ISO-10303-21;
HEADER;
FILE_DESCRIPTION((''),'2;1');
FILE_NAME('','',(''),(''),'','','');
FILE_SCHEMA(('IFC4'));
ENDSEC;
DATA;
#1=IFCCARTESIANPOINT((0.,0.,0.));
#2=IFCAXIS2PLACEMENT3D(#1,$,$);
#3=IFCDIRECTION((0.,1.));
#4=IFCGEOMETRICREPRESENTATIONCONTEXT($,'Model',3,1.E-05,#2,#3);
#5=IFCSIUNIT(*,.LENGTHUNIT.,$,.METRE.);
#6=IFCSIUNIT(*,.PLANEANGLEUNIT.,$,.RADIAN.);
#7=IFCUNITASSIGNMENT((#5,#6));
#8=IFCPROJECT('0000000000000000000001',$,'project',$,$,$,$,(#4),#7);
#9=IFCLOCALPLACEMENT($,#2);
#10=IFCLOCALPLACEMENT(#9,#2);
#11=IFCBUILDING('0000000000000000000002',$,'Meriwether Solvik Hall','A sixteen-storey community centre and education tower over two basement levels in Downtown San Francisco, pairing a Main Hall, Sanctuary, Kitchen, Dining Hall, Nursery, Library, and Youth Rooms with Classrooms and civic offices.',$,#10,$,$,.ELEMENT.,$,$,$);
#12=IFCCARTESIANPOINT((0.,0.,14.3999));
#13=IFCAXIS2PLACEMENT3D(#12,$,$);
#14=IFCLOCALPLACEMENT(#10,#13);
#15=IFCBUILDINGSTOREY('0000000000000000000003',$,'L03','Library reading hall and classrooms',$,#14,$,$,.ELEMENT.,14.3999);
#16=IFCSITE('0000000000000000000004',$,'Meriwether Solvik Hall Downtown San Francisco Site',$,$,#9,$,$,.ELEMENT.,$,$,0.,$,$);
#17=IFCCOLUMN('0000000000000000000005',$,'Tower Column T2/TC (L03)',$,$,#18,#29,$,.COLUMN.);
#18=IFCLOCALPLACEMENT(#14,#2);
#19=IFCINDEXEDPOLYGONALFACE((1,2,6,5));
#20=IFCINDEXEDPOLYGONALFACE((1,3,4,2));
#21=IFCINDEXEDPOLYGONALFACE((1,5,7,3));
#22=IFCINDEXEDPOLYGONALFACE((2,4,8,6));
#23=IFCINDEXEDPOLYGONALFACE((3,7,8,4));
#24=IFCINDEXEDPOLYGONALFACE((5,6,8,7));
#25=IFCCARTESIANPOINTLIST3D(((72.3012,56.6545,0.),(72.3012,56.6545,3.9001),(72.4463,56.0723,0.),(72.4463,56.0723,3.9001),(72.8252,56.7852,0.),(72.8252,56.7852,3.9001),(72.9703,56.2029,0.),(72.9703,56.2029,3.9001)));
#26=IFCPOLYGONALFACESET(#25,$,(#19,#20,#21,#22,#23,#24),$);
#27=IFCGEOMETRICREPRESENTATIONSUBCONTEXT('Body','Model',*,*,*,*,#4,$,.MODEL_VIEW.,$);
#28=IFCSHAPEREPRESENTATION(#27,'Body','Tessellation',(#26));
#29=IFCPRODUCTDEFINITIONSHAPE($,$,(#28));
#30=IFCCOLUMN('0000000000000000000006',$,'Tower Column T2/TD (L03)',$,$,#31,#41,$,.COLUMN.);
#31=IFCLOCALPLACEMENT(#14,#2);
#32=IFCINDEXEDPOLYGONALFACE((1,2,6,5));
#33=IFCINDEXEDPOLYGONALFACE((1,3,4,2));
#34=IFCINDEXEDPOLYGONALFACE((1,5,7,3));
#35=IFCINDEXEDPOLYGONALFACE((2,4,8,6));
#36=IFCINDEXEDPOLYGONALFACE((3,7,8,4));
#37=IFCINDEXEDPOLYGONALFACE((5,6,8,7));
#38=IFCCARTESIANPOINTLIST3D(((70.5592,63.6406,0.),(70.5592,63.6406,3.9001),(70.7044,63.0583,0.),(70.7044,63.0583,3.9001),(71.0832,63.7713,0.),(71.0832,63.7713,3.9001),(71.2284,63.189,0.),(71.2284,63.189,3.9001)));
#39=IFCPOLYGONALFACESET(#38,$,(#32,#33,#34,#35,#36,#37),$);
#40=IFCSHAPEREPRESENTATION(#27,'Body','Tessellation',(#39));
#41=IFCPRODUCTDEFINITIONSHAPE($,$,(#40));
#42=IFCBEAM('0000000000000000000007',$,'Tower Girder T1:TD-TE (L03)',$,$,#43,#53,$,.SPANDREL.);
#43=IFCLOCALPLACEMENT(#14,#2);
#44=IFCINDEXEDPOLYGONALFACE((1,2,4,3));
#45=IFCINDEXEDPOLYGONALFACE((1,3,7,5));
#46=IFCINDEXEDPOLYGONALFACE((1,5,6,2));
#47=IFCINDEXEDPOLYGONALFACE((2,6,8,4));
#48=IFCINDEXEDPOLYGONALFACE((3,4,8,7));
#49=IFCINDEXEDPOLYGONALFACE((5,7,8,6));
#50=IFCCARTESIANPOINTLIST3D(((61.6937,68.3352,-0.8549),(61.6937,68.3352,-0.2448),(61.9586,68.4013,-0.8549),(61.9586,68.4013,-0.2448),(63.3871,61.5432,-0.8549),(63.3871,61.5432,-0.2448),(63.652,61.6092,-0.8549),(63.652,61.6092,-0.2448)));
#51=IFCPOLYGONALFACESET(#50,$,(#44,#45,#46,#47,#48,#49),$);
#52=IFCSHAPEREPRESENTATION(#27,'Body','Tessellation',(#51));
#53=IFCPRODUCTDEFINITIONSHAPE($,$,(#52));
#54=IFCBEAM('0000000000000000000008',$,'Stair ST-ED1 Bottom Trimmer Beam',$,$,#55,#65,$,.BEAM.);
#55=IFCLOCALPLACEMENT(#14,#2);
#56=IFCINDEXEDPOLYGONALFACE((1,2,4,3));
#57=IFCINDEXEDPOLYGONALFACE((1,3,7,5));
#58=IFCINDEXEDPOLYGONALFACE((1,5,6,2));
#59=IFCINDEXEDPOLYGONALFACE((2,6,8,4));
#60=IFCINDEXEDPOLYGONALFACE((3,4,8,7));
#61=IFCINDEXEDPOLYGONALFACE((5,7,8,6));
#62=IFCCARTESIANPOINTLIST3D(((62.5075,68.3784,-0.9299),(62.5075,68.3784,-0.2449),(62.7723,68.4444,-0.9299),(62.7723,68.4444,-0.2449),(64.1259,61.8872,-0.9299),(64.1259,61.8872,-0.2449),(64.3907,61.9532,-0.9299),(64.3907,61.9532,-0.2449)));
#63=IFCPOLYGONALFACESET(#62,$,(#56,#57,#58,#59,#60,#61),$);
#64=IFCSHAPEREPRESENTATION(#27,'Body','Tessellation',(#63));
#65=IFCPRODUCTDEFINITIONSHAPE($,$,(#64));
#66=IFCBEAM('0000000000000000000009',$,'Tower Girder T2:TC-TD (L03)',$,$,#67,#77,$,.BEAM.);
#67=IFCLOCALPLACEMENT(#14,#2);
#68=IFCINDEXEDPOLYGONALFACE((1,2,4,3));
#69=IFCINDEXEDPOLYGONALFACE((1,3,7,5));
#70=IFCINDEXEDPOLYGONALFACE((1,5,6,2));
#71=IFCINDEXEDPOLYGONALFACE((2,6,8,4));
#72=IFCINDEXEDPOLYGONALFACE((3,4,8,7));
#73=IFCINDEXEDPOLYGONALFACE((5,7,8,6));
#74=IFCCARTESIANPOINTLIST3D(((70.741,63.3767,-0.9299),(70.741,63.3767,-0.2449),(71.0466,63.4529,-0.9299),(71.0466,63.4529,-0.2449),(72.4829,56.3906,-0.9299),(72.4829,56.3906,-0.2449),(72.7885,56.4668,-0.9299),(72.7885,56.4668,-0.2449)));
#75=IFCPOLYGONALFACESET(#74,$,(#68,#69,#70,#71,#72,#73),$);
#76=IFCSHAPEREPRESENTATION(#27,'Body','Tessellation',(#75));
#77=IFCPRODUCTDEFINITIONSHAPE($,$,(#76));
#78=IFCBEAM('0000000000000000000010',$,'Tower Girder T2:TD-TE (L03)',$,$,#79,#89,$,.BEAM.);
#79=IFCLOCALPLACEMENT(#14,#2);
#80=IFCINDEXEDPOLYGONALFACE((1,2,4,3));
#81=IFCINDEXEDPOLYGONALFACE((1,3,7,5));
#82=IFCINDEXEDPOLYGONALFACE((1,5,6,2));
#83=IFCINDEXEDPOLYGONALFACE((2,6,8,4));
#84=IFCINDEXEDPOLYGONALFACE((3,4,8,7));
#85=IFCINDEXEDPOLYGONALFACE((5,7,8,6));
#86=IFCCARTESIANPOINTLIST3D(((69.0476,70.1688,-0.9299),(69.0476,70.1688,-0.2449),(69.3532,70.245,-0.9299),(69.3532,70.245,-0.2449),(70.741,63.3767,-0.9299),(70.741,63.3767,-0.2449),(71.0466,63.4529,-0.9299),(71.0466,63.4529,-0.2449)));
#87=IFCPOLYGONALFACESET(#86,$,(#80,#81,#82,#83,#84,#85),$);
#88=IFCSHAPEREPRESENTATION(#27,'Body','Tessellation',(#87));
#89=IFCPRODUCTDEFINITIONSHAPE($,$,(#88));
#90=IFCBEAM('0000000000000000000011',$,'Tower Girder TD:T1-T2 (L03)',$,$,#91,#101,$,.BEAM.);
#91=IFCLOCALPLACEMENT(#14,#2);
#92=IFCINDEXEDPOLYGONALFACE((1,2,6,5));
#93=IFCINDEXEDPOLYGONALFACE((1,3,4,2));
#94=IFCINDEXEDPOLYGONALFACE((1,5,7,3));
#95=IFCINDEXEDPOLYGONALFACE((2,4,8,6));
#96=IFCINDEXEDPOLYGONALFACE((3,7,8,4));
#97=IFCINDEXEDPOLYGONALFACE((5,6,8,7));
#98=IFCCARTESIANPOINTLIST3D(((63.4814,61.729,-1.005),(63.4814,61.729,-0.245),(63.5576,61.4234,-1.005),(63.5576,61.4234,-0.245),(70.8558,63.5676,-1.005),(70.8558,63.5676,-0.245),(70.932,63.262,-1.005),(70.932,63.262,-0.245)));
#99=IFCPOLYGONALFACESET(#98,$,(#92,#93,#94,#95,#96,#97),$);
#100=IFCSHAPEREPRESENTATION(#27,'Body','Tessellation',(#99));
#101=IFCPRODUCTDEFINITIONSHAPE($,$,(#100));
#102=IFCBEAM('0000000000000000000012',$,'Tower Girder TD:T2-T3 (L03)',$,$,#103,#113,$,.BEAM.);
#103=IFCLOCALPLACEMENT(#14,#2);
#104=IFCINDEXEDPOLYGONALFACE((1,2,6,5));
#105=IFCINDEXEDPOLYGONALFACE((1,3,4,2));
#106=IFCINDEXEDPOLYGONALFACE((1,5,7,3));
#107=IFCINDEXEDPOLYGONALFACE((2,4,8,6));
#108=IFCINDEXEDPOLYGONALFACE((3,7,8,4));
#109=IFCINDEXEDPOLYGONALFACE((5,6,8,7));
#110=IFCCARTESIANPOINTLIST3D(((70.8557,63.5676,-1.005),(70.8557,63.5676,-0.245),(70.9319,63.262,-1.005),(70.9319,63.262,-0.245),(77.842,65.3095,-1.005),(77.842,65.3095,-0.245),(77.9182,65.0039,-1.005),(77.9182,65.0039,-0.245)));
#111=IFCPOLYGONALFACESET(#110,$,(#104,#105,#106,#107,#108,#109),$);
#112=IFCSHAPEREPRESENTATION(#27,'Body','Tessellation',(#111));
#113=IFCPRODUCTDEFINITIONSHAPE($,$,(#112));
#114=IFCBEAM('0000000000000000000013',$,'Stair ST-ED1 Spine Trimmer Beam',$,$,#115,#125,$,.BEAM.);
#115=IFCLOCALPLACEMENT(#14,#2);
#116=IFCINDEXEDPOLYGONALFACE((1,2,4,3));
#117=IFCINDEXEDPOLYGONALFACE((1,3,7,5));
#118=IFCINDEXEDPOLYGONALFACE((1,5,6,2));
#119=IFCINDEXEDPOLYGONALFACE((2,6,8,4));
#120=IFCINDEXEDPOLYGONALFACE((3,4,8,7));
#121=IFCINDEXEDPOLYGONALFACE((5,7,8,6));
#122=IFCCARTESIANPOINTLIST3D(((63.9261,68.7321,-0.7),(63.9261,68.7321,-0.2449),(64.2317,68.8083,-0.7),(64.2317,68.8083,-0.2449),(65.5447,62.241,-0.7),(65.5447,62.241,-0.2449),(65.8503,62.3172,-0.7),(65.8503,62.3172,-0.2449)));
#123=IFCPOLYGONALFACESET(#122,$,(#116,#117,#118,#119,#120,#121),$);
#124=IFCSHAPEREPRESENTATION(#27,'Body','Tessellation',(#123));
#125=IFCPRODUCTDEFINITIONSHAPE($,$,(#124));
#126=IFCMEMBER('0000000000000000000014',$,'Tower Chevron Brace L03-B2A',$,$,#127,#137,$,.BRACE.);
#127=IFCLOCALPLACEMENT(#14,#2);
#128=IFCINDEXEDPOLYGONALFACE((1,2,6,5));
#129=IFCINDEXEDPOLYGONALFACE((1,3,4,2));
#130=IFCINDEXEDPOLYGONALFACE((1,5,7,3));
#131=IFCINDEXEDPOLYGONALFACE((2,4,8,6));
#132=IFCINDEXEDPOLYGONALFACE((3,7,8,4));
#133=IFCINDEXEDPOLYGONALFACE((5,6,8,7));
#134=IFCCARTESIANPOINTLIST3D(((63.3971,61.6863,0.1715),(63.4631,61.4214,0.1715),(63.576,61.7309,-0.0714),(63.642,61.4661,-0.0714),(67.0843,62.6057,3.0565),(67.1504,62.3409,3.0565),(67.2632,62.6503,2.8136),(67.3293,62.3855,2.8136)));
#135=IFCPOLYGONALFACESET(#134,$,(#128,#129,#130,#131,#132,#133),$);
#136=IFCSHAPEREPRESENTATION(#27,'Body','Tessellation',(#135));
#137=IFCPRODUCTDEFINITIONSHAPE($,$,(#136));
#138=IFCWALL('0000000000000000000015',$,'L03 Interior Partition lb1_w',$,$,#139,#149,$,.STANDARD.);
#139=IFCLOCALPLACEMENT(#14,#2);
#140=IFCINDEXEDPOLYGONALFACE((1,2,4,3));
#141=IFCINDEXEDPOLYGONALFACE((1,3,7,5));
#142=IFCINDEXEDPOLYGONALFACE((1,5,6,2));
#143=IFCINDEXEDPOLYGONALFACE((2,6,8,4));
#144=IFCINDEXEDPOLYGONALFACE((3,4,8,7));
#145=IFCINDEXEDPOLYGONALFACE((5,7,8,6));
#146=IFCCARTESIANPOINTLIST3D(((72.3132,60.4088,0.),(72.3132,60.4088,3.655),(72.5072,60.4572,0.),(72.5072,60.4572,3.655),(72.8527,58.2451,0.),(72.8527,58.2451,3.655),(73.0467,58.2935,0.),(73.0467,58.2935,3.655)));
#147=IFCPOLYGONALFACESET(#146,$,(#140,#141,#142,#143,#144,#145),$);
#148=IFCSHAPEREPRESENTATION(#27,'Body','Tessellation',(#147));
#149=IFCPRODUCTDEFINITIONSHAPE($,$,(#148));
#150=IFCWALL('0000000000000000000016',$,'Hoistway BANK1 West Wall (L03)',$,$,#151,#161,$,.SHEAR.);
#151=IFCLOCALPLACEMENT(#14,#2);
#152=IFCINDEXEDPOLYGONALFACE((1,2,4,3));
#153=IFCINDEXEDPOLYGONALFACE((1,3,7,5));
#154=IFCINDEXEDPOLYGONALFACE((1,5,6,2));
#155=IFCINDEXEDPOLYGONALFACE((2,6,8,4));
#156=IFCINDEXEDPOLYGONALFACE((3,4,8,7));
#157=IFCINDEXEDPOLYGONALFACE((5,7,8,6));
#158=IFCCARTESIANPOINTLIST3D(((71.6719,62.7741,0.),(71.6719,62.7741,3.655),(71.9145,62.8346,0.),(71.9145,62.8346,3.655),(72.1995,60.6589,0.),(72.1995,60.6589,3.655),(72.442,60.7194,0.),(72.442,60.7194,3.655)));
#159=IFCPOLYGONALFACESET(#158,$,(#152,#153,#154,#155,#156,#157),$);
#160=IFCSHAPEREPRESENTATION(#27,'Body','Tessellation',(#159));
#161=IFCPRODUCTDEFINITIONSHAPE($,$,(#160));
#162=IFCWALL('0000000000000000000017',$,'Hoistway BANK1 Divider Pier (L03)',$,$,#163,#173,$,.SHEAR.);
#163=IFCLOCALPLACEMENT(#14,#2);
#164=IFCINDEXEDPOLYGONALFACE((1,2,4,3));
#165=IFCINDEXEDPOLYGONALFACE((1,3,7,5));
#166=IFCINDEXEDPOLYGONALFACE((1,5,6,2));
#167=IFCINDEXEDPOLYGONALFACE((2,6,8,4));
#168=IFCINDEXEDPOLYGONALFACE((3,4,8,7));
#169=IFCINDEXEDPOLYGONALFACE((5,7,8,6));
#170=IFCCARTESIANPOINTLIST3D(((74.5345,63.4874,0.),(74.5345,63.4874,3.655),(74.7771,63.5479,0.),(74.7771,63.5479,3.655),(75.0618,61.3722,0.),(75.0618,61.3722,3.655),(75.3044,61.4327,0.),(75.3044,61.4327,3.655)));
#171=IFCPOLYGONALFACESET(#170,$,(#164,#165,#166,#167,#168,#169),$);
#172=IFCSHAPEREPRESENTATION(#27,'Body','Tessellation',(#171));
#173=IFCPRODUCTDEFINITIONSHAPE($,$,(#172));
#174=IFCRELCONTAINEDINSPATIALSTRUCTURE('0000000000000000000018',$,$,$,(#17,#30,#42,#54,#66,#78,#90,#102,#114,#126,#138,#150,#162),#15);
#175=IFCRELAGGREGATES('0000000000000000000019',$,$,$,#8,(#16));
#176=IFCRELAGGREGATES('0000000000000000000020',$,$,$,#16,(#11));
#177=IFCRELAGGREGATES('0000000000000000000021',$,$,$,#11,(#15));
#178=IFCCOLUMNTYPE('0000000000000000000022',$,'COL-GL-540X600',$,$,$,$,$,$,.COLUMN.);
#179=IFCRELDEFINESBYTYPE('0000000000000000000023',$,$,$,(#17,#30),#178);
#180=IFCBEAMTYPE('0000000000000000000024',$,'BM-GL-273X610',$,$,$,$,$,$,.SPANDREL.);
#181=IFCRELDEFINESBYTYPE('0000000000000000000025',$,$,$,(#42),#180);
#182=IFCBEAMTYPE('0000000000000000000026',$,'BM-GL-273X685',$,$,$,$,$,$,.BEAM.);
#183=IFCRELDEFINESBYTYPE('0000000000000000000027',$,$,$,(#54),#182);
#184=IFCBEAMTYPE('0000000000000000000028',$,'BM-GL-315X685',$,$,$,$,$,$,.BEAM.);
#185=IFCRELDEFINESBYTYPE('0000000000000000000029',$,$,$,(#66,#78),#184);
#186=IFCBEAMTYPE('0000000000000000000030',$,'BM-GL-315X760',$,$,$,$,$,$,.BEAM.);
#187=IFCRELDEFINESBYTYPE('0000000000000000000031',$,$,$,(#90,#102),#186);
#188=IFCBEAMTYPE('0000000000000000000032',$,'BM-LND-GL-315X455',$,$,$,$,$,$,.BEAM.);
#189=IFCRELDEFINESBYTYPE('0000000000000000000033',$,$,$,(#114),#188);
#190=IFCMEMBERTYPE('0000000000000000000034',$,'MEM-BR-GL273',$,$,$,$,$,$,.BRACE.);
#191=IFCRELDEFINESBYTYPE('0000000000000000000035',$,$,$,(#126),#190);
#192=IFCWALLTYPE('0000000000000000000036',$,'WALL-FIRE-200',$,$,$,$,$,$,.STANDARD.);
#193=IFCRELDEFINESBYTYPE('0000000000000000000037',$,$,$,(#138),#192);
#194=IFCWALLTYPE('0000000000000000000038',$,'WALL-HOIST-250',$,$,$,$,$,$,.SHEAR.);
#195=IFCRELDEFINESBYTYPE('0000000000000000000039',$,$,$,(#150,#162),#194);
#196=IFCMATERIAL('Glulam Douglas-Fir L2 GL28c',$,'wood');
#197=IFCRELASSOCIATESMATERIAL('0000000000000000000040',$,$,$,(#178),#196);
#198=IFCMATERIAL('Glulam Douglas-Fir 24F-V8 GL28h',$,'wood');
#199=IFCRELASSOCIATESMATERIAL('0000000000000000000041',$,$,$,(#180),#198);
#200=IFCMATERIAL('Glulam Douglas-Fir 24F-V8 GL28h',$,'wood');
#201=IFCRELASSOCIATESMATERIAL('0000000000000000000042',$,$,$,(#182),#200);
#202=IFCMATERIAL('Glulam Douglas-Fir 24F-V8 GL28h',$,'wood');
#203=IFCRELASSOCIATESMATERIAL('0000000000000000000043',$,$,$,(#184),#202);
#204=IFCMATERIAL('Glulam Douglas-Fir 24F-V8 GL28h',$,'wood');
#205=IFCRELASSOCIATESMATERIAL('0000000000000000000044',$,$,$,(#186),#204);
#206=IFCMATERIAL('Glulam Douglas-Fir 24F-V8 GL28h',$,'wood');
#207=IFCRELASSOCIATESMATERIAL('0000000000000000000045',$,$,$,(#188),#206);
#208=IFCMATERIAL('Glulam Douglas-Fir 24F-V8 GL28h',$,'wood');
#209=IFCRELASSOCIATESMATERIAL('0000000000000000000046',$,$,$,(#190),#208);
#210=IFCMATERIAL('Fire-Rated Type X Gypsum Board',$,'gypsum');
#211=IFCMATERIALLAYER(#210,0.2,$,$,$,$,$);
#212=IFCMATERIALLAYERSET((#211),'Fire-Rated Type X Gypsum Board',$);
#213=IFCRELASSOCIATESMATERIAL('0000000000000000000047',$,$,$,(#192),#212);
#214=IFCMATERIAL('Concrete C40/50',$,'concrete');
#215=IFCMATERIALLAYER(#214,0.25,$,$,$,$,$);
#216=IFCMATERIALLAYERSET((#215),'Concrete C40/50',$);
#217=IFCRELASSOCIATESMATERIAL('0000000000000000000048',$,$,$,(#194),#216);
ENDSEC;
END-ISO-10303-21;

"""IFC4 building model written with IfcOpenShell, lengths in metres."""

from ifc_helpers import new_model, si_unit, direction, frame, frame_2d, origin, origin_2d, place, context, subcontext, project, spatial, rectangle, extrude, material, layer, layer_set, material_profile, profile_set, type_object, element, save


model = new_model("IFC4")

# Units and contexts
model_context = context("Model", 3, precision=1e-05, world=origin(), true_north=direction((0.0, 1.0)))
body_context = subcontext(model_context, "Body", "Model", "MODEL_VIEW")
ifc_project = project(units=[si_unit("LENGTHUNIT", "METRE"), si_unit("PLANEANGLEUNIT", "RADIAN")], contexts=[model_context])

# Site, building, storey
site_placement = place(None, origin())
site = spatial("IfcSite", under=ifc_project, at=site_placement, Name="Meriwether Solvik Hall Downtown San Francisco Site", CompositionType="ELEMENT", RefElevation=0.0)
building_placement = place(site_placement, origin())
building = spatial("IfcBuilding", under=site, at=building_placement, Name="Meriwether Solvik Hall", Description="A sixteen-storey community centre and education tower over two basement levels in Downtown San Francisco, pairing a Main Hall, Sanctuary, Kitchen, Dining Hall, Nursery, Library, and Youth Rooms with Classrooms and civic offices.", CompositionType="ELEMENT")
storey_placement = place(building_placement, frame((0.0, 0.0, 14.3999)))
storey = spatial("IfcBuildingStorey", under=building, at=storey_placement, Name="L03", Description="Library reading hall and classrooms", CompositionType="ELEMENT", Elevation=14.3999)

# Columns
ifc_material_1 = material(Name="Glulam Douglas-Fir L2 GL28c", Category="wood")
ifc_material_profile_1 = material_profile(ifc_material_1, rectangle(XDim=0.54, YDim=0.6001, at=origin_2d()), Name="GLC-540X600")
ifc_profile_set_1 = profile_set([ifc_material_profile_1], Name="Glulam Douglas-Fir L2 GL28c")
column_type = type_object("IfcColumnType", Name="COL-GL-540X600", PredefinedType="COLUMN", material=ifc_profile_set_1)
for number, where, z_axis, x_axis, name in (
    (1, (72.6357, 56.4287, 0.0), (0.0, 0.0, 1.0), (0.970296, 0.241922, 0.0), "Tower Column T2/TC (L03)"),
    (2, (70.8938, 63.4148, 0.0), (0.0, 0.0, 1.0), (0.970296, 0.241922, 0.0), "Tower Column T2/TD (L03)"),
):
    element("IfcColumn", number, at=place(storey_placement, frame(where, z_axis=z_axis, x_axis=x_axis)), inside=storey, type_object=column_type, Name=name, PredefinedType="COLUMN", context=body_context, shape_type="SweptSolid", body=[
        extrude(rectangle(XDim=0.54, YDim=0.6001, at=origin_2d()), origin(), (0.0, 0.0, 1.0), 3.9001),
    ])

# Beams
ifc_material_2 = material(Name="Glulam Douglas-Fir 24F-V8 GL28h", Category="wood")
ifc_material_profile_2 = material_profile(ifc_material_2, rectangle(XDim=0.2729, YDim=0.6101, at=origin_2d()), Name="GLB-273X610")
ifc_profile_set_2 = profile_set([ifc_material_profile_2], Name="Glulam Douglas-Fir 24F-V8 GL28h")
beam_type_1 = type_object("IfcBeamType", Name="BM-GL-273X610", PredefinedType="SPANDREL", material=ifc_profile_set_2)
beam_1_placement = place(storey_placement, frame((63.5195, 61.5762, -0.5498), z_axis=(-0.241912, 0.970298, 0.0), x_axis=(-0.970298, -0.241912, 0.0)))
element("IfcBeam", 3, at=beam_1_placement, inside=storey, type_object=beam_type_1, Name="Tower Girder T1:TD-TE (L03)", PredefinedType="SPANDREL", context=body_context, shape_type="SweptSolid", body=[
    extrude(rectangle(XDim=0.2729, YDim=0.6101, at=origin_2d()), origin(), (0.0, 0.0, 1.0), 7.0),
])
ifc_material_3 = material(Name="Glulam Douglas-Fir 24F-V8 GL28h", Category="wood")
ifc_material_profile_3 = material_profile(ifc_material_3, rectangle(XDim=0.2729, YDim=0.6851, at=origin_2d()), Name="GLB-273X685")
ifc_profile_set_3 = profile_set([ifc_material_profile_3], Name="Glulam Douglas-Fir 24F-V8 GL28h")
beam_type_2 = type_object("IfcBeamType", Name="BM-GL-273X685", PredefinedType="BEAM", material=ifc_profile_set_3)
beam_2_placement = place(storey_placement, frame((64.2583, 61.9202, -0.5874), z_axis=(-0.241917, 0.970297, 0.0), x_axis=(-0.970297, -0.241917, 0.0)))
element("IfcBeam", 4, at=beam_2_placement, inside=storey, type_object=beam_type_2, Name="Stair ST-ED1 Bottom Trimmer Beam", PredefinedType="BEAM", context=body_context, shape_type="SweptSolid", body=[
    extrude(rectangle(XDim=0.2729, YDim=0.6851, at=origin_2d()), origin(), (0.0, 0.0, 1.0), 6.6899),
])
ifc_material_4 = material(Name="Glulam Douglas-Fir 24F-V8 GL28h", Category="wood")
ifc_material_profile_4 = material_profile(ifc_material_4, rectangle(XDim=0.3149, YDim=0.6851, at=origin_2d()), Name="GLB-315X685")
ifc_profile_set_4 = profile_set([ifc_material_profile_4], Name="Glulam Douglas-Fir 24F-V8 GL28h")
beam_type_3 = type_object("IfcBeamType", Name="BM-GL-315X685", PredefinedType="BEAM", material=ifc_profile_set_4)
beam_3_placement = place(storey_placement, frame((72.6357, 56.4287, -0.5874), z_axis=(-0.241937, 0.970292, 0.0), x_axis=(-0.970292, -0.241937, 0.0)))
element("IfcBeam", 5, at=beam_3_placement, inside=storey, type_object=beam_type_3, Name="Tower Girder T2:TC-TD (L03)", PredefinedType="BEAM", context=body_context, shape_type="SweptSolid", body=[
    extrude(rectangle(XDim=0.3149, YDim=0.6851, at=origin_2d()), origin(), (0.0, 0.0, 1.0), 7.2),
])
beam_4_placement = place(storey_placement, frame((70.8938, 63.4148, -0.5874), z_axis=(-0.241912, 0.970298, 0.0), x_axis=(-0.970298, -0.241912, 0.0)))
element("IfcBeam", 6, at=beam_4_placement, inside=storey, type_object=beam_type_3, Name="Tower Girder T2:TD-TE (L03)", PredefinedType="BEAM", context=body_context, shape_type="SweptSolid", body=[
    extrude(rectangle(XDim=0.3149, YDim=0.6851, at=origin_2d()), origin(), (0.0, 0.0, 1.0), 7.0),
])
ifc_material_5 = material(Name="Glulam Douglas-Fir 24F-V8 GL28h", Category="wood")
ifc_material_profile_5 = material_profile(ifc_material_5, rectangle(XDim=0.3149, YDim=0.76, at=origin_2d()), Name="GLB-315X760")
ifc_profile_set_5 = profile_set([ifc_material_profile_5], Name="Glulam Douglas-Fir 24F-V8 GL28h")
beam_type_4 = type_object("IfcBeamType", Name="BM-GL-315X760", PredefinedType="BEAM", material=ifc_profile_set_5)
beam_5_placement = place(storey_placement, frame((63.5195, 61.5762, -0.625), z_axis=(0.970295, 0.241923, 0.0), x_axis=(-0.241923, 0.970295, 0.0)))
element("IfcBeam", 7, at=beam_5_placement, inside=storey, type_object=beam_type_4, Name="Tower Girder TD:T1-T2 (L03)", PredefinedType="BEAM", context=body_context, shape_type="SweptSolid", body=[
    extrude(rectangle(XDim=0.3149, YDim=0.76, at=origin_2d()), origin(), (0.0, 0.0, 1.0), 7.6001),
])
beam_6_placement = place(storey_placement, frame((70.8938, 63.4148, -0.625), z_axis=(0.970294, 0.241929, 0.0), x_axis=(-0.241929, 0.970294, 0.0)))
element("IfcBeam", 8, at=beam_6_placement, inside=storey, type_object=beam_type_4, Name="Tower Girder TD:T2-T3 (L03)", PredefinedType="BEAM", context=body_context, shape_type="SweptSolid", body=[
    extrude(rectangle(XDim=0.3149, YDim=0.76, at=origin_2d()), origin(), (0.0, 0.0, 1.0), 7.2002),
])
ifc_material_6 = material(Name="Glulam Douglas-Fir 24F-V8 GL28h", Category="wood")
ifc_material_profile_6 = material_profile(ifc_material_6, rectangle(XDim=0.3149, YDim=0.4551, at=origin_2d()), Name="GLB-315X455")
ifc_profile_set_6 = profile_set([ifc_material_profile_6], Name="Glulam Douglas-Fir 24F-V8 GL28h")
beam_type_5 = type_object("IfcBeamType", Name="BM-LND-GL-315X455", PredefinedType="BEAM", material=ifc_profile_set_6)
beam_7_placement = place(storey_placement, frame((65.6975, 62.2791, -0.4724), z_axis=(-0.241952, 0.970288, 0.0), x_axis=(-0.970288, -0.241952, 0.0)))
element("IfcBeam", 9, at=beam_7_placement, inside=storey, type_object=beam_type_5, Name="Stair ST-ED1 Spine Trimmer Beam", PredefinedType="BEAM", context=body_context, shape_type="SweptSolid", body=[
    extrude(rectangle(XDim=0.3149, YDim=0.4551, at=origin_2d()), origin(), (0.0, 0.0, 1.0), 6.6899),
])

# Member
ifc_material_7 = material(Name="Glulam Douglas-Fir 24F-V8 GL28h", Category="wood")
ifc_material_profile_7 = material_profile(ifc_material_7, rectangle(XDim=0.2729, YDim=0.3049, at=origin_2d()), Name="GLM-273X305")
ifc_profile_set_7 = profile_set([ifc_material_profile_7], Name="Glulam Douglas-Fir 24F-V8 GL28h")
member_type = type_object("IfcMemberType", Name="MEM-BR-GL273", PredefinedType="BRACE", material=ifc_profile_set_7)
member_placement = place(storey_placement, frame((63.5195, 61.5762, 0.05), z_axis=(0.772813, 0.192704, 0.60467), x_axis=(-0.241946, 0.97029, 0.0)))
element("IfcMember", 10, at=member_placement, inside=storey, type_object=member_type, Name="Tower Chevron Brace L03-B2A", PredefinedType="BRACE", context=body_context, shape_type="SweptSolid", body=[
    extrude(rectangle(XDim=0.2729, YDim=0.3049, at=origin_2d()), origin(), (0.0, 0.0, 1.0), 4.7712),
])

# Walls
ifc_material_8 = material(Name="Fire-Rated Type X Gypsum Board", Category="gypsum")
ifc_layer_1 = layer(ifc_material_8, 0.2)
ifc_layer_set_1 = layer_set([ifc_layer_1], Name="Fire-Rated Type X Gypsum Board")
wall_type_1 = type_object("IfcWallType", Name="WALL-FIRE-200", PredefinedType="STANDARD", material=ifc_layer_set_1)
wall_1_placement = place(storey_placement, frame((72.9497, 58.2693, 0.0), z_axis=(0.0, 0.0, 1.0), x_axis=(-0.241943, 0.97029, 0.0)))
element("IfcWall", 11, at=wall_1_placement, inside=storey, type_object=wall_type_1, Name="L03 Interior Partition lb1_w", PredefinedType="STANDARD", context=body_context, shape_type="SweptSolid", body=[
    extrude(rectangle(XDim=2.23, YDim=0.2, at=frame_2d((1.115, 0.0))), origin(), (0.0, 0.0, 1.0), 3.655),
])
ifc_material_9 = material(Name="Concrete C40/50", Category="concrete")
ifc_layer_2 = layer(ifc_material_9, 0.25)
ifc_layer_set_2 = layer_set([ifc_layer_2], Name="Concrete C40/50")
wall_type_2 = type_object("IfcWallType", Name="WALL-HOIST-250", PredefinedType="SHEAR", material=ifc_layer_set_2)
for number, where, z_axis, x_axis, name in (
    (12, (71.7932, 62.8042, 0.0), (0.0, 0.0, 1.0), (0.242009, -0.970274, 0.0), "Hoistway BANK1 West Wall (L03)"),
    (13, (75.1831, 61.4026, 0.0), (0.0, 0.0, 1.0), (-0.241903, 0.9703, 0.0), "Hoistway BANK1 Divider Pier (L03)"),
):
    element("IfcWall", number, at=place(storey_placement, frame(where, z_axis=z_axis, x_axis=x_axis)), inside=storey, type_object=wall_type_2, Name=name, PredefinedType="SHEAR", context=body_context, shape_type="SweptSolid", body=[
        extrude(rectangle(XDim=2.1799, YDim=0.25, at=frame_2d((1.0898, 0.0))), origin(), (0.0, 0.0, 1.0), 3.655),
    ])

save(model, "model.ifc")
